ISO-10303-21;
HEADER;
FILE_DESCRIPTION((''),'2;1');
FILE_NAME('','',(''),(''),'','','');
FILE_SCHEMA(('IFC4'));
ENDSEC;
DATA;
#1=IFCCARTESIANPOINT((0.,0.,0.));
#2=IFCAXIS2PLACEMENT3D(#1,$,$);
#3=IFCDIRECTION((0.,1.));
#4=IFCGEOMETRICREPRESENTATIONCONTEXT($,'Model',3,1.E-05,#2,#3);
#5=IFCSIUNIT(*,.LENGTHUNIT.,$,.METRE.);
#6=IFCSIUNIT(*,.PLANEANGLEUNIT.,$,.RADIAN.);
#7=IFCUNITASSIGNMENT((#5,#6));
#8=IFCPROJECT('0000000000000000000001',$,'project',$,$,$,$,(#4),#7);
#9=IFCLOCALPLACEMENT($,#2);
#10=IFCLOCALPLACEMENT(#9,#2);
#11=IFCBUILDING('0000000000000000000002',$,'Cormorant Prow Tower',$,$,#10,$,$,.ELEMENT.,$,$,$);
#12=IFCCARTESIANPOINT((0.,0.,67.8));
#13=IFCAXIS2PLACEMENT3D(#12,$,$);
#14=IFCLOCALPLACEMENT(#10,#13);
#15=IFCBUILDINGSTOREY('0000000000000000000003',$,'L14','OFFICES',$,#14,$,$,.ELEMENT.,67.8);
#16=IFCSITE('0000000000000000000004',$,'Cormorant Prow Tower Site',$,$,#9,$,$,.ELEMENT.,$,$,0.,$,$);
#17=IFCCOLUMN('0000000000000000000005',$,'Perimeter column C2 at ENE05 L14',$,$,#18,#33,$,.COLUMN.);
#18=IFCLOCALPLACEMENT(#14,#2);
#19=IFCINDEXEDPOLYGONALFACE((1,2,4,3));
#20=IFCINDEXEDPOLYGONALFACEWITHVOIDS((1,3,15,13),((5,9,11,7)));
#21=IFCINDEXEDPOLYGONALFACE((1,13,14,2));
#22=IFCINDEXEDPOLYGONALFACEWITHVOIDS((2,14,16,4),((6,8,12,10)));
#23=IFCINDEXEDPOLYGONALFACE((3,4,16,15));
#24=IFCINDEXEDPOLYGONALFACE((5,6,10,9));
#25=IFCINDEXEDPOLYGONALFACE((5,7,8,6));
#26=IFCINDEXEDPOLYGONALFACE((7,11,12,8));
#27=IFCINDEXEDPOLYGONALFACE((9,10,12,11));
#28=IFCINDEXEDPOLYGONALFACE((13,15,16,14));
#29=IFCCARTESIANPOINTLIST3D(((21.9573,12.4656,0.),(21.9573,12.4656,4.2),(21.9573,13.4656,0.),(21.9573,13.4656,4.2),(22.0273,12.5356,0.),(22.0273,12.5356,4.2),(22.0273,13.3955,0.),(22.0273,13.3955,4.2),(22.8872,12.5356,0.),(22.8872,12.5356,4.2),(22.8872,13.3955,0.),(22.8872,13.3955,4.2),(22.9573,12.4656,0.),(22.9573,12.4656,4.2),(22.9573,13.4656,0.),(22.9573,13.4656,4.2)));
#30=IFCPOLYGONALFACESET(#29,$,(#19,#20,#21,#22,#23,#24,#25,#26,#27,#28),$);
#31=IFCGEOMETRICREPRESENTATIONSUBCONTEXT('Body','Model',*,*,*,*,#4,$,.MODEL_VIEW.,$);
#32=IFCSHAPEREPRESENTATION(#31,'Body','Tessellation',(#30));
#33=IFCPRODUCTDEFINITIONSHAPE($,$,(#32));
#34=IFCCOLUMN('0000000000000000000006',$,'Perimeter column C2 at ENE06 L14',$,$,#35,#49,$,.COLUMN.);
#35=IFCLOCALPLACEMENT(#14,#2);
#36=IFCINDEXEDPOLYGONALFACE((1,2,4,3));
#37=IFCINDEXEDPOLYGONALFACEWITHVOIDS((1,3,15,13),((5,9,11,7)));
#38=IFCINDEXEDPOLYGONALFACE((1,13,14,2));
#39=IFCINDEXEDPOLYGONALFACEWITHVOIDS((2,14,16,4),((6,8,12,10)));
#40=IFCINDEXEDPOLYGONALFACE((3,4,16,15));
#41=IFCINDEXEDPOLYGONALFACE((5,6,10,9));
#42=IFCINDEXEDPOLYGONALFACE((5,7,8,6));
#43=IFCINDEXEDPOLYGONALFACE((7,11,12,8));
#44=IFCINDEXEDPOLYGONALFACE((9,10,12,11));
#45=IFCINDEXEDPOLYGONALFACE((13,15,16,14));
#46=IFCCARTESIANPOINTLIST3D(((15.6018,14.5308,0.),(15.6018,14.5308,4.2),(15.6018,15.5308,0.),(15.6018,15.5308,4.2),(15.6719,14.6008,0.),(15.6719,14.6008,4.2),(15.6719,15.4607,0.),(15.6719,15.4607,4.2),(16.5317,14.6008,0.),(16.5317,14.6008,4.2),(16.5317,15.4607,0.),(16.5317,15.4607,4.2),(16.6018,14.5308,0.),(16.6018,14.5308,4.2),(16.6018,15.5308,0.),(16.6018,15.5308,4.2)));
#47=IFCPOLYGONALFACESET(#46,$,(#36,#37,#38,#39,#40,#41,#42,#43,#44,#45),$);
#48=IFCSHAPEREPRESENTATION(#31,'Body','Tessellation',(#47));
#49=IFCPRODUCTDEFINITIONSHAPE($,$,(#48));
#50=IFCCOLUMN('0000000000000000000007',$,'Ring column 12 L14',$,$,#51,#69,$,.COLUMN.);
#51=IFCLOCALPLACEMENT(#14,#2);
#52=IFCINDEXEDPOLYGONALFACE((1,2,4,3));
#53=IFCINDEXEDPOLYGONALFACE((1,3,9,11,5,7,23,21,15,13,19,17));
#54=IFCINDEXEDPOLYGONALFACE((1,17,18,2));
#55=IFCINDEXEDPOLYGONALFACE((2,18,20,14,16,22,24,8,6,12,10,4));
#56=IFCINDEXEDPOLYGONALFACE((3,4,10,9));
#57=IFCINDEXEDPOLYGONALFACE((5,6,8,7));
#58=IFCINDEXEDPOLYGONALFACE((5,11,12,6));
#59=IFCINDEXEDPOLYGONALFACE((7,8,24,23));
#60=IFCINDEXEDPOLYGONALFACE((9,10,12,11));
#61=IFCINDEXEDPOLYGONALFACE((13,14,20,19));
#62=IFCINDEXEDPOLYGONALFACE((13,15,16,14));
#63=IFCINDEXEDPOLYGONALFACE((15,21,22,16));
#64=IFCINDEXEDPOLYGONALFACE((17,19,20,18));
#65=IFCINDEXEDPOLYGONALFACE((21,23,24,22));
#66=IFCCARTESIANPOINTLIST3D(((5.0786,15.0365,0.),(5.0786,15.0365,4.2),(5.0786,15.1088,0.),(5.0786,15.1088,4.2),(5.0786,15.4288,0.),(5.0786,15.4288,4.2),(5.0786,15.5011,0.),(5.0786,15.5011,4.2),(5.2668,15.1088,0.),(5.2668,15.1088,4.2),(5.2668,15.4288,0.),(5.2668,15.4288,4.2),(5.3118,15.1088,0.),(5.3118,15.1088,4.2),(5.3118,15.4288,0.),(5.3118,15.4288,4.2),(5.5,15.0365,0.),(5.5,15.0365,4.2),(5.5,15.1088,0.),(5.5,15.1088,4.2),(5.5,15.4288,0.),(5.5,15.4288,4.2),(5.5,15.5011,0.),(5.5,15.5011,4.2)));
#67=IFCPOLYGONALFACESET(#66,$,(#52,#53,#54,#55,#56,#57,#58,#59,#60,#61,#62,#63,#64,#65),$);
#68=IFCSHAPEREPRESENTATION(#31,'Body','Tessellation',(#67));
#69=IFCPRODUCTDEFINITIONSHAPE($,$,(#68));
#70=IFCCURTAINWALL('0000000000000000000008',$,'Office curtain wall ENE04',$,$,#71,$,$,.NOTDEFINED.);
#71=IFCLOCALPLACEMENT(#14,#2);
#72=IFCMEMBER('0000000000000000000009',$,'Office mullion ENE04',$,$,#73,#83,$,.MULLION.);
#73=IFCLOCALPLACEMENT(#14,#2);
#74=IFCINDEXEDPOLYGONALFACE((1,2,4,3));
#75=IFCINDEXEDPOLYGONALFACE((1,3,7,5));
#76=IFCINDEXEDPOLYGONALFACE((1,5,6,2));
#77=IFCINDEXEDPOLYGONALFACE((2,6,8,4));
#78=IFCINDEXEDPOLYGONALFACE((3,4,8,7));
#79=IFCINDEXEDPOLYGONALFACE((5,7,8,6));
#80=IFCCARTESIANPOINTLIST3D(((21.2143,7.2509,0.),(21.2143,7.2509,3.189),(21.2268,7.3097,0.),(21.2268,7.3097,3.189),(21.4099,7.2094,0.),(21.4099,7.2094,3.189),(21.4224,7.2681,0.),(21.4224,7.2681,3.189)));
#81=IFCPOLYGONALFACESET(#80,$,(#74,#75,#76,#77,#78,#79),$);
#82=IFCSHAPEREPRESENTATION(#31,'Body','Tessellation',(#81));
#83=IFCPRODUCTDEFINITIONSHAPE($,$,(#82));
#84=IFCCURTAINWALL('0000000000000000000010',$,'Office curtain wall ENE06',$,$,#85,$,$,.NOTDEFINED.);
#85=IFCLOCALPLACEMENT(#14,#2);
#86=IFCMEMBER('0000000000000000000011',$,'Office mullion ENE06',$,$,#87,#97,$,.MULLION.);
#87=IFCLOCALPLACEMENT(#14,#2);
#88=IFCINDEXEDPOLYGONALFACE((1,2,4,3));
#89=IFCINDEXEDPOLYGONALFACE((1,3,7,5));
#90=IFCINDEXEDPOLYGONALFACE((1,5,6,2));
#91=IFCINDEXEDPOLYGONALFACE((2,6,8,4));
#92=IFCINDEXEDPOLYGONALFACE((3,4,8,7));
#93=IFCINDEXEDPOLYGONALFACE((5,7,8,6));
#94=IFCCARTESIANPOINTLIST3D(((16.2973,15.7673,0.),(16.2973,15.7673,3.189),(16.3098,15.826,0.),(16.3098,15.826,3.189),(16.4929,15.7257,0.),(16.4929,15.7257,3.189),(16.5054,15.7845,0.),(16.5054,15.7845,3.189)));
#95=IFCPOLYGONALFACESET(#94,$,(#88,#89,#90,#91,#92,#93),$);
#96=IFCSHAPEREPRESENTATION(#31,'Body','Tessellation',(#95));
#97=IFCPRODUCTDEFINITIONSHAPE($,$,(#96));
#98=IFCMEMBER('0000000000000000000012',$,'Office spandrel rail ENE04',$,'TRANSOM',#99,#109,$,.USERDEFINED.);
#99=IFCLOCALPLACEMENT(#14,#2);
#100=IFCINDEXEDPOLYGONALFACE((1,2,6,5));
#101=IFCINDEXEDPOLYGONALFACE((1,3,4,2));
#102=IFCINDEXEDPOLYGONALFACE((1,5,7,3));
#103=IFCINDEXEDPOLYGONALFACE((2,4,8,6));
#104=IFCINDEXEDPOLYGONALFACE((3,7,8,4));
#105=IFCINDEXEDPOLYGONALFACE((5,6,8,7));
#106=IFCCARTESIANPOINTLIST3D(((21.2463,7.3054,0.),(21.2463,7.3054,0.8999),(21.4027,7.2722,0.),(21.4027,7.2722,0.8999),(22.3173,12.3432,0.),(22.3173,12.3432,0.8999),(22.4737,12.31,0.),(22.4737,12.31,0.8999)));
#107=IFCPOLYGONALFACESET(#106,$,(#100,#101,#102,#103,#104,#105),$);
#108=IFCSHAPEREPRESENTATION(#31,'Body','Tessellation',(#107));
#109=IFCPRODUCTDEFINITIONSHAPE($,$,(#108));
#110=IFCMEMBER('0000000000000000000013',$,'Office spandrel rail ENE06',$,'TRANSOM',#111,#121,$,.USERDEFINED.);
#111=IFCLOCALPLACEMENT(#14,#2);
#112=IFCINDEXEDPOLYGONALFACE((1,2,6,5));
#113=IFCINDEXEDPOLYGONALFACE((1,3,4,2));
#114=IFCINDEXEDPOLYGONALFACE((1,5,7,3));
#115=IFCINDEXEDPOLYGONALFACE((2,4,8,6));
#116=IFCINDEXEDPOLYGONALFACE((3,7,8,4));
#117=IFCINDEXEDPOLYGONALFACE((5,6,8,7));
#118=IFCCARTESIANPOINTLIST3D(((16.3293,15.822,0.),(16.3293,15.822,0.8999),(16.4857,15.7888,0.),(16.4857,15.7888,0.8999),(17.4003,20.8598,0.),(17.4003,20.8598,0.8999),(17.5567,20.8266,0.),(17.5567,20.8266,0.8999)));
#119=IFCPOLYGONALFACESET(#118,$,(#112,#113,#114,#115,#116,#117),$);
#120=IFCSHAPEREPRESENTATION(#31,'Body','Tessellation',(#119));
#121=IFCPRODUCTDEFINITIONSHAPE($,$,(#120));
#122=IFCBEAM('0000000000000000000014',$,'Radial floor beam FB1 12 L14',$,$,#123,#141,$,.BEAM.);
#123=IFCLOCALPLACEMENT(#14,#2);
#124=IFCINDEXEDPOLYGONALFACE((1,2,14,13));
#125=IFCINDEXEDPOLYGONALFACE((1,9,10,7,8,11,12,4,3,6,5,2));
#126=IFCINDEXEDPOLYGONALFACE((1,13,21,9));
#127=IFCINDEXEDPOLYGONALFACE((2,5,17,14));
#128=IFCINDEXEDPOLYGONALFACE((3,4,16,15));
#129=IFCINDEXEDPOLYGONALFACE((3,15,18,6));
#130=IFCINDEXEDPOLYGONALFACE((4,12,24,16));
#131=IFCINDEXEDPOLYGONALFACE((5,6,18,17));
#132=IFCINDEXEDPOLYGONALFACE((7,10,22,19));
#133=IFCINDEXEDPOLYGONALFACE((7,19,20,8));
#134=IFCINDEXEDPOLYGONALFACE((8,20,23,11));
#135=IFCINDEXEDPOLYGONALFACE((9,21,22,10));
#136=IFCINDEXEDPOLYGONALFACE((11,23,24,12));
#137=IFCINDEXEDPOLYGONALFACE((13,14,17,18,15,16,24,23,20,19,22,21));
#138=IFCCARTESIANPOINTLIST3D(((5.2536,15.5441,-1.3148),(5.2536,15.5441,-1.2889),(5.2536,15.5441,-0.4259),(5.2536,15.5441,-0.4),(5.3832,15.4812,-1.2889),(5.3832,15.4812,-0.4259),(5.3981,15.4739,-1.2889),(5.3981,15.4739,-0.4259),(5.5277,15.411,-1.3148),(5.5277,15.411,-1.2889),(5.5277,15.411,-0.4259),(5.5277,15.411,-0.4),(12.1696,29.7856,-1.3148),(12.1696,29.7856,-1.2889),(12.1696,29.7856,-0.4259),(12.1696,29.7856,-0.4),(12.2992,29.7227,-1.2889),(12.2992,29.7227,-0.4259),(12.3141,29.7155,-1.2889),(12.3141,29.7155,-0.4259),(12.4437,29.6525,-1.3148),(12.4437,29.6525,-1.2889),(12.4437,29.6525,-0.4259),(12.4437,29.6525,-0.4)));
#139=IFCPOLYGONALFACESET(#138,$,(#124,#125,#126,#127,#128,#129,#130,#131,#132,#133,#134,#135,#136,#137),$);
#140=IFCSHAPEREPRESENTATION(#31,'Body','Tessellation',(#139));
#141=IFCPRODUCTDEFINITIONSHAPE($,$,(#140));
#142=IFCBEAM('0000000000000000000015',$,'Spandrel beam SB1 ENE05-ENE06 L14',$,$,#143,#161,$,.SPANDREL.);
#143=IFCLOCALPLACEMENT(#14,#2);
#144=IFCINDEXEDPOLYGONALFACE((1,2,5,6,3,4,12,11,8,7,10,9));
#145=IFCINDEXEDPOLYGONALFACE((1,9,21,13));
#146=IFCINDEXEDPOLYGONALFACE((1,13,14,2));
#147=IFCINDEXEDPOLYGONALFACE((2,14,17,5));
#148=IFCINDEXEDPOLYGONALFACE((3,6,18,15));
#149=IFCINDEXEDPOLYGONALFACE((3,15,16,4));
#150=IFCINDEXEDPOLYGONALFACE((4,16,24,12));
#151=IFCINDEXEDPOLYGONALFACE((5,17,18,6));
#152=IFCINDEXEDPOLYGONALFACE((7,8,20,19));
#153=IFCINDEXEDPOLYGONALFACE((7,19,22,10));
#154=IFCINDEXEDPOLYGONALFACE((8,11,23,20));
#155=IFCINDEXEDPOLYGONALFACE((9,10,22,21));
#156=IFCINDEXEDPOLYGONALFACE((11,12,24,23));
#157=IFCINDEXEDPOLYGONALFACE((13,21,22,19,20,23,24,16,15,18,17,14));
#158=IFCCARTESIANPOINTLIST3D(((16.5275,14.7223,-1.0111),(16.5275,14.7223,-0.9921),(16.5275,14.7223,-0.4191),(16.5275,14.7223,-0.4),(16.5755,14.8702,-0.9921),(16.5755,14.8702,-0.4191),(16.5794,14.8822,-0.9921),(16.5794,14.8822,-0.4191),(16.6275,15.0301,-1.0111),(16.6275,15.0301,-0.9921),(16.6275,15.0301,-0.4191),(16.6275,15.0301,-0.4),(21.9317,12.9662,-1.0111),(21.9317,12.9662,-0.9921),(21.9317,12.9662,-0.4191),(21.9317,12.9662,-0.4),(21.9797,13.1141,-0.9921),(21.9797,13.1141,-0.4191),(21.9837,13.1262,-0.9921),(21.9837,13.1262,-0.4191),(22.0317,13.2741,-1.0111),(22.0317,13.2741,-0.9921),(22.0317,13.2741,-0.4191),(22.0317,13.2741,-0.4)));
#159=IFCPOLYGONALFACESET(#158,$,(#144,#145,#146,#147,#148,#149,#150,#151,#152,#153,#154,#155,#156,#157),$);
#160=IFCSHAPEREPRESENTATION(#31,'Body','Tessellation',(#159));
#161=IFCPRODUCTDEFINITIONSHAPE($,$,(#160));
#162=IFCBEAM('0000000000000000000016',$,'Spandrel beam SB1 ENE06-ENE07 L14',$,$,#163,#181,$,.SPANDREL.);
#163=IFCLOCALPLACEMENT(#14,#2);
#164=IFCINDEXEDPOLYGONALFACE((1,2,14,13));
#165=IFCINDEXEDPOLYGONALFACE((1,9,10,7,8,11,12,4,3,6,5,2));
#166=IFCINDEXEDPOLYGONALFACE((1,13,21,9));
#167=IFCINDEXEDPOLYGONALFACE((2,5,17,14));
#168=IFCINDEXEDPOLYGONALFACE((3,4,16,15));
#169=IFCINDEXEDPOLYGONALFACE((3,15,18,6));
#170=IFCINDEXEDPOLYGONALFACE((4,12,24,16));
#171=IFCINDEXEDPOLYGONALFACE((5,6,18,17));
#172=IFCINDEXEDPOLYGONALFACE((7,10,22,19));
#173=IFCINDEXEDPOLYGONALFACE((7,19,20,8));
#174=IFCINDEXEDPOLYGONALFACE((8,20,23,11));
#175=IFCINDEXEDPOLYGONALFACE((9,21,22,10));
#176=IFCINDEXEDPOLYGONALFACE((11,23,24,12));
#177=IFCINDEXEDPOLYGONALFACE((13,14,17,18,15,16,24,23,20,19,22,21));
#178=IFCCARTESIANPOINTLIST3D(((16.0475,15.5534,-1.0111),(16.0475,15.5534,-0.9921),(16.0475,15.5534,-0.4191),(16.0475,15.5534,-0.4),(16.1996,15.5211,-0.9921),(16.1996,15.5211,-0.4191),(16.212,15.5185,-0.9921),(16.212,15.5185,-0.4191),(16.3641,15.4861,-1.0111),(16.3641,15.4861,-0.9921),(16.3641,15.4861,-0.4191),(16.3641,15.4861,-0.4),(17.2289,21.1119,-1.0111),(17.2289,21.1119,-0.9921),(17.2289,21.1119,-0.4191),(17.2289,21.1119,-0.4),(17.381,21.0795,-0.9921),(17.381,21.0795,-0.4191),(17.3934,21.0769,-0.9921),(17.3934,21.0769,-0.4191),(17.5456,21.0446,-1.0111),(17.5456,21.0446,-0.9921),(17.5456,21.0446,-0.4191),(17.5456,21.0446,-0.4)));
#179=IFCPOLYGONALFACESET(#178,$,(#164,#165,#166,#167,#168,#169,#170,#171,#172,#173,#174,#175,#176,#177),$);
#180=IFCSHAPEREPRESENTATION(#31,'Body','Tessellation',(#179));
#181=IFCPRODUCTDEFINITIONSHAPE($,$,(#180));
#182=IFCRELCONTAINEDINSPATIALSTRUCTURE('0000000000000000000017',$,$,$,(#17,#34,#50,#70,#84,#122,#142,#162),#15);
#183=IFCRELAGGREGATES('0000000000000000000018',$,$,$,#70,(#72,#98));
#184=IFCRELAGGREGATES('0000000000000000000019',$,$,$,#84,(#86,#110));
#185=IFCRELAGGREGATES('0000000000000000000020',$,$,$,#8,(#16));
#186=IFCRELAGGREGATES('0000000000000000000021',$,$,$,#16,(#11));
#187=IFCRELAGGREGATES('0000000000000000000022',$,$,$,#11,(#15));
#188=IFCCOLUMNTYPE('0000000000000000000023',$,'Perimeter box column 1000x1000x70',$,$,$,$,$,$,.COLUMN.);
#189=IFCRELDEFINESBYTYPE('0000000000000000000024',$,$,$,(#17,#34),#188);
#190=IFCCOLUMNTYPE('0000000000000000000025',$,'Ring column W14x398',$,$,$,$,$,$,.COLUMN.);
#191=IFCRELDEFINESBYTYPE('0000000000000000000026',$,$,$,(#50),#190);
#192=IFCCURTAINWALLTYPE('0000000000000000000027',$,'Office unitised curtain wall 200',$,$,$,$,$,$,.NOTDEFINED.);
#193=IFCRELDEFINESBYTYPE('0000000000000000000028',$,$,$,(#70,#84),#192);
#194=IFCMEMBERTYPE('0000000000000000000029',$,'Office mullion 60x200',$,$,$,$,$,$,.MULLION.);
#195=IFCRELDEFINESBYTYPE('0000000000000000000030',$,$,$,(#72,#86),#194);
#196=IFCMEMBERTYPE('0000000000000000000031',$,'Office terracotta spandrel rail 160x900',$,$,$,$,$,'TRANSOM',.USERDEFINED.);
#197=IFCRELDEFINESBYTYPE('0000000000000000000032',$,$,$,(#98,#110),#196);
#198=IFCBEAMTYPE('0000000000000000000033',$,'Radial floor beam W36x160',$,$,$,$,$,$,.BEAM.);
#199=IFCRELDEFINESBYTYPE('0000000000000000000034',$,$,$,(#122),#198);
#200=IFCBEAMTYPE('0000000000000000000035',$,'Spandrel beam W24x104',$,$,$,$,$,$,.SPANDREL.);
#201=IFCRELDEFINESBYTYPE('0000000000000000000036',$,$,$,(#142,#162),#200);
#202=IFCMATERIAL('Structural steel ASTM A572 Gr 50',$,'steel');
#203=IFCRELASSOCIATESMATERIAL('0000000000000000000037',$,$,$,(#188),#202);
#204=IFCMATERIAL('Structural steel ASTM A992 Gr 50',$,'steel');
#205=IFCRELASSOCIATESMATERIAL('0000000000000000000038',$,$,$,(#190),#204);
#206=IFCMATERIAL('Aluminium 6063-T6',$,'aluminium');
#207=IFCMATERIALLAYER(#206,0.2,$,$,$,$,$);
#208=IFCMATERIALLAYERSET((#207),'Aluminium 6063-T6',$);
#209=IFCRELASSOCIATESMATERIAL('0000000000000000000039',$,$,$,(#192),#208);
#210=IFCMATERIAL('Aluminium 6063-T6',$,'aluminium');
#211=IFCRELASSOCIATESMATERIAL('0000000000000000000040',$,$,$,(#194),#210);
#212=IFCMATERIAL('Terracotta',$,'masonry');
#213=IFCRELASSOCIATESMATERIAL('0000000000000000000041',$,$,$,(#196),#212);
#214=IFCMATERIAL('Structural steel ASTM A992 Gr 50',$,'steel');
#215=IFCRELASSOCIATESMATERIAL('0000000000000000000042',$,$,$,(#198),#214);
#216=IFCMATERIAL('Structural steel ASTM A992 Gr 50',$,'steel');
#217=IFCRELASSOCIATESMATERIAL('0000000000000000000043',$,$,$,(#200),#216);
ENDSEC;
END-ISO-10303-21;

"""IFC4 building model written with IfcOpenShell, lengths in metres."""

from ifc_helpers import new_model, si_unit, direction, frame, origin, origin_2d, place, context, subcontext, project, spatial, rectangle, hollow_rectangle, i_section, extrude, material, layer, layer_set, material_profile, profile_set, type_object, element, aggregate, save


model = new_model("IFC4")

# Units and contexts
model_context = context("Model", 3, precision=1e-05, world=origin(), true_north=direction((0.0, 1.0)))
body_context = subcontext(model_context, "Body", "Model", "MODEL_VIEW")
ifc_project = project(units=[si_unit("LENGTHUNIT", "METRE"), si_unit("PLANEANGLEUNIT", "RADIAN")], contexts=[model_context])

# Site, building, storey
site_placement = place(None, origin())
site = spatial("IfcSite", under=ifc_project, at=site_placement, Name="Cormorant Prow Tower Site", CompositionType="ELEMENT", RefElevation=0.0)
building_placement = place(site_placement, origin())
building = spatial("IfcBuilding", under=site, at=building_placement, Name="Cormorant Prow Tower", CompositionType="ELEMENT")
storey_placement = place(building_placement, frame((0.0, 0.0, 67.8)))
storey = spatial("IfcBuildingStorey", under=building, at=storey_placement, Name="L14", Description="OFFICES", CompositionType="ELEMENT", Elevation=67.8)

# Columns
ifc_material_1 = material(Name="Structural steel ASTM A572 Gr 50", Category="steel")
ifc_material_profile_1 = material_profile(ifc_material_1, hollow_rectangle(XDim=1.0, YDim=1.0, WallThickness=0.0701, at=origin_2d()), Name="Box 1000x1000x70")
ifc_profile_set_1 = profile_set([ifc_material_profile_1], Name="Structural steel ASTM A572 Gr 50")
column_type_1 = type_object("IfcColumnType", Name="Perimeter box column 1000x1000x70", PredefinedType="COLUMN", material=ifc_profile_set_1)
for number, where, z_axis, x_axis, name in (
    (1, (22.4573, 12.9656, 0.0), (0.0, 0.0, 1.0), (1.0, 0.0, 0.0), "Perimeter column C2 at ENE05 L14"),
    (2, (16.1018, 15.0308, 0.0), (0.0, 0.0, 1.0), (1.0, 0.0, 0.0), "Perimeter column C2 at ENE06 L14"),
):
    element("IfcColumn", number, at=place(storey_placement, frame(where, z_axis=z_axis, x_axis=x_axis)), inside=storey, type_object=column_type_1, Name=name, PredefinedType="COLUMN", context=body_context, shape_type="SweptSolid", body=[
        extrude(hollow_rectangle(XDim=1.0, YDim=1.0, WallThickness=0.0701, at=origin_2d()), origin(), (0.0, 0.0, 1.0), 4.2),
    ])
ifc_material_2 = material(Name="Structural steel ASTM A992 Gr 50", Category="steel")
ifc_material_profile_2 = material_profile(ifc_material_2, i_section(OverallWidth=0.4214, OverallDepth=0.4646, WebThickness=0.0449, FlangeThickness=0.0723, at=origin_2d()), Name="W14x398")
ifc_profile_set_2 = profile_set([ifc_material_profile_2], Name="Structural steel ASTM A992 Gr 50")
column_type_2 = type_object("IfcColumnType", Name="Ring column W14x398", PredefinedType="COLUMN", material=ifc_profile_set_2)
column_placement = place(storey_placement, frame((5.2893, 15.2688, 0.0), z_axis=(0.0, 0.0, 1.0), x_axis=(1.0, 0.0, 0.0)))
element("IfcColumn", 3, at=column_placement, inside=storey, type_object=column_type_2, Name="Ring column 12 L14", PredefinedType="COLUMN", context=body_context, shape_type="SweptSolid", body=[
    extrude(i_section(OverallWidth=0.4214, OverallDepth=0.4646, WebThickness=0.0449, FlangeThickness=0.0723, at=origin_2d()), origin(), (0.0, 0.0, 1.0), 4.2),
])

# Curtain walls, members
ifc_material_3 = material(Name="Aluminium 6063-T6", Category="aluminium")
ifc_layer_1 = layer(ifc_material_3, 0.2)
ifc_layer_set_1 = layer_set([ifc_layer_1], Name="Aluminium 6063-T6")
curtain_wall_type = type_object("IfcCurtainWallType", Name="Office unitised curtain wall 200", PredefinedType="NOTDEFINED", material=ifc_layer_set_1)
curtain_wall_1_placement = place(storey_placement, origin())
curtain_wall_1 = element("IfcCurtainWall", 4, at=curtain_wall_1_placement, inside=storey, type_object=curtain_wall_type, Name="Office curtain wall ENE04", PredefinedType="NOTDEFINED")
ifc_material_4 = material(Name="Aluminium 6063-T6", Category="aluminium")
ifc_material_profile_3 = material_profile(ifc_material_4, rectangle(XDim=0.2, YDim=0.0601, at=origin_2d()), Name="Office mullion 60x200")
ifc_profile_set_3 = profile_set([ifc_material_profile_3], Name="Aluminium 6063-T6")
member_type_1 = type_object("IfcMemberType", Name="Office mullion 60x200", PredefinedType="MULLION", material=ifc_profile_set_3)
member_1_placement = place(storey_placement, frame((21.3184, 7.2595, 0.0), z_axis=(0.0, 0.0, 1.0), x_axis=(-0.978148, 0.207912, 0.0)))
member_1 = element("IfcMember", 5, at=member_1_placement, type_object=member_type_1, Name="Office mullion ENE04", PredefinedType="MULLION", context=body_context, shape_type="SweptSolid", body=[
    extrude(rectangle(XDim=0.2, YDim=0.0601, at=origin_2d()), origin(), (0.0, 0.0, 1.0), 3.189),
])
curtain_wall_2_placement = place(storey_placement, origin())
curtain_wall_2 = element("IfcCurtainWall", 6, at=curtain_wall_2_placement, inside=storey, type_object=curtain_wall_type, Name="Office curtain wall ENE06", PredefinedType="NOTDEFINED")
member_2_placement = place(storey_placement, frame((16.4014, 15.7759, 0.0), z_axis=(0.0, 0.0, 1.0), x_axis=(-0.978148, 0.207912, 0.0)))
member_2 = element("IfcMember", 7, at=member_2_placement, type_object=member_type_1, Name="Office mullion ENE06", PredefinedType="MULLION", context=body_context, shape_type="SweptSolid", body=[
    extrude(rectangle(XDim=0.2, YDim=0.0601, at=origin_2d()), origin(), (0.0, 0.0, 1.0), 3.189),
])

# Members
ifc_material_5 = material(Name="Terracotta", Category="masonry")
ifc_material_profile_4 = material_profile(ifc_material_5, rectangle(XDim=0.1599, YDim=0.8999, at=origin_2d()), Name="Office terracotta spandrel rail 160x900")
ifc_profile_set_4 = profile_set([ifc_material_profile_4], Name="Terracotta")
member_type_2 = type_object("IfcMemberType", Name="Office terracotta spandrel rail 160x900", ElementType="TRANSOM", PredefinedType="USERDEFINED", material=ifc_profile_set_4)
member_3_placement = place(storey_placement, frame((21.3245, 7.2888, 0.45), z_axis=(0.207952, 0.978139, 0.0), x_axis=(-0.978139, 0.207952, 0.0)))
member_3 = element("IfcMember", 8, at=member_3_placement, type_object=member_type_2, Name="Office spandrel rail ENE04", ObjectType="TRANSOM", PredefinedType="USERDEFINED", context=body_context, shape_type="SweptSolid", body=[
    extrude(rectangle(XDim=0.1599, YDim=0.8999, at=origin_2d()), origin(), (0.0, 0.0, 1.0), 5.1504),
])
member_4_placement = place(storey_placement, frame((16.4075, 15.8054, 0.45), z_axis=(0.207952, 0.978139, 0.0), x_axis=(-0.978139, 0.207952, 0.0)))
member_4 = element("IfcMember", 9, at=member_4_placement, type_object=member_type_2, Name="Office spandrel rail ENE06", ObjectType="TRANSOM", PredefinedType="USERDEFINED", context=body_context, shape_type="SweptSolid", body=[
    extrude(rectangle(XDim=0.1599, YDim=0.8999, at=origin_2d()), origin(), (0.0, 0.0, 1.0), 5.1504),
])

# Beams
ifc_material_6 = material(Name="Structural steel ASTM A992 Gr 50", Category="steel")
ifc_material_profile_5 = material_profile(ifc_material_6, i_section(OverallWidth=0.3047, OverallDepth=0.9148, WebThickness=0.0166, FlangeThickness=0.0259, at=origin_2d()), Name="W36x160")
ifc_profile_set_5 = profile_set([ifc_material_profile_5], Name="Structural steel ASTM A992 Gr 50")
beam_type_1 = type_object("IfcBeamType", Name="Radial floor beam W36x160", PredefinedType="BEAM", material=ifc_profile_set_5)
beam_1_placement = place(storey_placement, frame((5.3906, 15.4775, -0.8574), z_axis=(0.436839, 0.899539, 0.0), x_axis=(-0.899539, 0.436839, 0.0)))
element("IfcBeam", 10, at=beam_1_placement, inside=storey, type_object=beam_type_1, Name="Radial floor beam FB1 12 L14", PredefinedType="BEAM", context=body_context, shape_type="SweptSolid", body=[
    extrude(i_section(OverallWidth=0.3047, OverallDepth=0.9148, WebThickness=0.0166, FlangeThickness=0.0259, at=origin_2d()), origin(), (0.0, 0.0, 1.0), 15.832),
])
ifc_material_7 = material(Name="Structural steel ASTM A992 Gr 50", Category="steel")
ifc_material_profile_6 = material_profile(ifc_material_7, i_section(OverallWidth=0.3237, OverallDepth=0.6111, WebThickness=0.0127, FlangeThickness=0.019, at=origin_2d()), Name="W24x104")
ifc_profile_set_6 = profile_set([ifc_material_profile_6], Name="Structural steel ASTM A992 Gr 50")
beam_type_2 = type_object("IfcBeamType", Name="Spandrel beam W24x104", PredefinedType="SPANDREL", material=ifc_profile_set_6)
beam_2_placement = place(storey_placement, frame((21.9817, 13.1201, -0.7056), z_axis=(-0.951049, 0.309039, 0.0), x_axis=(-0.309039, -0.951049, 0.0)))
element("IfcBeam", 11, at=beam_2_placement, inside=storey, type_object=beam_type_2, Name="Spandrel beam SB1 ENE05-ENE06 L14", PredefinedType="SPANDREL", context=body_context, shape_type="SweptSolid", body=[
    extrude(i_section(OverallWidth=0.3237, OverallDepth=0.6111, WebThickness=0.0127, FlangeThickness=0.019, at=origin_2d()), origin(), (0.0, 0.0, 1.0), 5.6824),
])
beam_3_placement = place(storey_placement, frame((16.2058, 15.5198, -0.7056), z_axis=(0.2079, 0.97815, 0.0), x_axis=(-0.97815, 0.2079, 0.0)))
element("IfcBeam", 12, at=beam_3_placement, inside=storey, type_object=beam_type_2, Name="Spandrel beam SB1 ENE06-ENE07 L14", PredefinedType="SPANDREL", context=body_context, shape_type="SweptSolid", body=[
    extrude(i_section(OverallWidth=0.3237, OverallDepth=0.6111, WebThickness=0.0127, FlangeThickness=0.019, at=origin_2d()), origin(), (0.0, 0.0, 1.0), 5.6826),
])

aggregate(curtain_wall_1, [member_1, member_3])
aggregate(curtain_wall_2, [member_2, member_4])

save(model, "model.ifc")
